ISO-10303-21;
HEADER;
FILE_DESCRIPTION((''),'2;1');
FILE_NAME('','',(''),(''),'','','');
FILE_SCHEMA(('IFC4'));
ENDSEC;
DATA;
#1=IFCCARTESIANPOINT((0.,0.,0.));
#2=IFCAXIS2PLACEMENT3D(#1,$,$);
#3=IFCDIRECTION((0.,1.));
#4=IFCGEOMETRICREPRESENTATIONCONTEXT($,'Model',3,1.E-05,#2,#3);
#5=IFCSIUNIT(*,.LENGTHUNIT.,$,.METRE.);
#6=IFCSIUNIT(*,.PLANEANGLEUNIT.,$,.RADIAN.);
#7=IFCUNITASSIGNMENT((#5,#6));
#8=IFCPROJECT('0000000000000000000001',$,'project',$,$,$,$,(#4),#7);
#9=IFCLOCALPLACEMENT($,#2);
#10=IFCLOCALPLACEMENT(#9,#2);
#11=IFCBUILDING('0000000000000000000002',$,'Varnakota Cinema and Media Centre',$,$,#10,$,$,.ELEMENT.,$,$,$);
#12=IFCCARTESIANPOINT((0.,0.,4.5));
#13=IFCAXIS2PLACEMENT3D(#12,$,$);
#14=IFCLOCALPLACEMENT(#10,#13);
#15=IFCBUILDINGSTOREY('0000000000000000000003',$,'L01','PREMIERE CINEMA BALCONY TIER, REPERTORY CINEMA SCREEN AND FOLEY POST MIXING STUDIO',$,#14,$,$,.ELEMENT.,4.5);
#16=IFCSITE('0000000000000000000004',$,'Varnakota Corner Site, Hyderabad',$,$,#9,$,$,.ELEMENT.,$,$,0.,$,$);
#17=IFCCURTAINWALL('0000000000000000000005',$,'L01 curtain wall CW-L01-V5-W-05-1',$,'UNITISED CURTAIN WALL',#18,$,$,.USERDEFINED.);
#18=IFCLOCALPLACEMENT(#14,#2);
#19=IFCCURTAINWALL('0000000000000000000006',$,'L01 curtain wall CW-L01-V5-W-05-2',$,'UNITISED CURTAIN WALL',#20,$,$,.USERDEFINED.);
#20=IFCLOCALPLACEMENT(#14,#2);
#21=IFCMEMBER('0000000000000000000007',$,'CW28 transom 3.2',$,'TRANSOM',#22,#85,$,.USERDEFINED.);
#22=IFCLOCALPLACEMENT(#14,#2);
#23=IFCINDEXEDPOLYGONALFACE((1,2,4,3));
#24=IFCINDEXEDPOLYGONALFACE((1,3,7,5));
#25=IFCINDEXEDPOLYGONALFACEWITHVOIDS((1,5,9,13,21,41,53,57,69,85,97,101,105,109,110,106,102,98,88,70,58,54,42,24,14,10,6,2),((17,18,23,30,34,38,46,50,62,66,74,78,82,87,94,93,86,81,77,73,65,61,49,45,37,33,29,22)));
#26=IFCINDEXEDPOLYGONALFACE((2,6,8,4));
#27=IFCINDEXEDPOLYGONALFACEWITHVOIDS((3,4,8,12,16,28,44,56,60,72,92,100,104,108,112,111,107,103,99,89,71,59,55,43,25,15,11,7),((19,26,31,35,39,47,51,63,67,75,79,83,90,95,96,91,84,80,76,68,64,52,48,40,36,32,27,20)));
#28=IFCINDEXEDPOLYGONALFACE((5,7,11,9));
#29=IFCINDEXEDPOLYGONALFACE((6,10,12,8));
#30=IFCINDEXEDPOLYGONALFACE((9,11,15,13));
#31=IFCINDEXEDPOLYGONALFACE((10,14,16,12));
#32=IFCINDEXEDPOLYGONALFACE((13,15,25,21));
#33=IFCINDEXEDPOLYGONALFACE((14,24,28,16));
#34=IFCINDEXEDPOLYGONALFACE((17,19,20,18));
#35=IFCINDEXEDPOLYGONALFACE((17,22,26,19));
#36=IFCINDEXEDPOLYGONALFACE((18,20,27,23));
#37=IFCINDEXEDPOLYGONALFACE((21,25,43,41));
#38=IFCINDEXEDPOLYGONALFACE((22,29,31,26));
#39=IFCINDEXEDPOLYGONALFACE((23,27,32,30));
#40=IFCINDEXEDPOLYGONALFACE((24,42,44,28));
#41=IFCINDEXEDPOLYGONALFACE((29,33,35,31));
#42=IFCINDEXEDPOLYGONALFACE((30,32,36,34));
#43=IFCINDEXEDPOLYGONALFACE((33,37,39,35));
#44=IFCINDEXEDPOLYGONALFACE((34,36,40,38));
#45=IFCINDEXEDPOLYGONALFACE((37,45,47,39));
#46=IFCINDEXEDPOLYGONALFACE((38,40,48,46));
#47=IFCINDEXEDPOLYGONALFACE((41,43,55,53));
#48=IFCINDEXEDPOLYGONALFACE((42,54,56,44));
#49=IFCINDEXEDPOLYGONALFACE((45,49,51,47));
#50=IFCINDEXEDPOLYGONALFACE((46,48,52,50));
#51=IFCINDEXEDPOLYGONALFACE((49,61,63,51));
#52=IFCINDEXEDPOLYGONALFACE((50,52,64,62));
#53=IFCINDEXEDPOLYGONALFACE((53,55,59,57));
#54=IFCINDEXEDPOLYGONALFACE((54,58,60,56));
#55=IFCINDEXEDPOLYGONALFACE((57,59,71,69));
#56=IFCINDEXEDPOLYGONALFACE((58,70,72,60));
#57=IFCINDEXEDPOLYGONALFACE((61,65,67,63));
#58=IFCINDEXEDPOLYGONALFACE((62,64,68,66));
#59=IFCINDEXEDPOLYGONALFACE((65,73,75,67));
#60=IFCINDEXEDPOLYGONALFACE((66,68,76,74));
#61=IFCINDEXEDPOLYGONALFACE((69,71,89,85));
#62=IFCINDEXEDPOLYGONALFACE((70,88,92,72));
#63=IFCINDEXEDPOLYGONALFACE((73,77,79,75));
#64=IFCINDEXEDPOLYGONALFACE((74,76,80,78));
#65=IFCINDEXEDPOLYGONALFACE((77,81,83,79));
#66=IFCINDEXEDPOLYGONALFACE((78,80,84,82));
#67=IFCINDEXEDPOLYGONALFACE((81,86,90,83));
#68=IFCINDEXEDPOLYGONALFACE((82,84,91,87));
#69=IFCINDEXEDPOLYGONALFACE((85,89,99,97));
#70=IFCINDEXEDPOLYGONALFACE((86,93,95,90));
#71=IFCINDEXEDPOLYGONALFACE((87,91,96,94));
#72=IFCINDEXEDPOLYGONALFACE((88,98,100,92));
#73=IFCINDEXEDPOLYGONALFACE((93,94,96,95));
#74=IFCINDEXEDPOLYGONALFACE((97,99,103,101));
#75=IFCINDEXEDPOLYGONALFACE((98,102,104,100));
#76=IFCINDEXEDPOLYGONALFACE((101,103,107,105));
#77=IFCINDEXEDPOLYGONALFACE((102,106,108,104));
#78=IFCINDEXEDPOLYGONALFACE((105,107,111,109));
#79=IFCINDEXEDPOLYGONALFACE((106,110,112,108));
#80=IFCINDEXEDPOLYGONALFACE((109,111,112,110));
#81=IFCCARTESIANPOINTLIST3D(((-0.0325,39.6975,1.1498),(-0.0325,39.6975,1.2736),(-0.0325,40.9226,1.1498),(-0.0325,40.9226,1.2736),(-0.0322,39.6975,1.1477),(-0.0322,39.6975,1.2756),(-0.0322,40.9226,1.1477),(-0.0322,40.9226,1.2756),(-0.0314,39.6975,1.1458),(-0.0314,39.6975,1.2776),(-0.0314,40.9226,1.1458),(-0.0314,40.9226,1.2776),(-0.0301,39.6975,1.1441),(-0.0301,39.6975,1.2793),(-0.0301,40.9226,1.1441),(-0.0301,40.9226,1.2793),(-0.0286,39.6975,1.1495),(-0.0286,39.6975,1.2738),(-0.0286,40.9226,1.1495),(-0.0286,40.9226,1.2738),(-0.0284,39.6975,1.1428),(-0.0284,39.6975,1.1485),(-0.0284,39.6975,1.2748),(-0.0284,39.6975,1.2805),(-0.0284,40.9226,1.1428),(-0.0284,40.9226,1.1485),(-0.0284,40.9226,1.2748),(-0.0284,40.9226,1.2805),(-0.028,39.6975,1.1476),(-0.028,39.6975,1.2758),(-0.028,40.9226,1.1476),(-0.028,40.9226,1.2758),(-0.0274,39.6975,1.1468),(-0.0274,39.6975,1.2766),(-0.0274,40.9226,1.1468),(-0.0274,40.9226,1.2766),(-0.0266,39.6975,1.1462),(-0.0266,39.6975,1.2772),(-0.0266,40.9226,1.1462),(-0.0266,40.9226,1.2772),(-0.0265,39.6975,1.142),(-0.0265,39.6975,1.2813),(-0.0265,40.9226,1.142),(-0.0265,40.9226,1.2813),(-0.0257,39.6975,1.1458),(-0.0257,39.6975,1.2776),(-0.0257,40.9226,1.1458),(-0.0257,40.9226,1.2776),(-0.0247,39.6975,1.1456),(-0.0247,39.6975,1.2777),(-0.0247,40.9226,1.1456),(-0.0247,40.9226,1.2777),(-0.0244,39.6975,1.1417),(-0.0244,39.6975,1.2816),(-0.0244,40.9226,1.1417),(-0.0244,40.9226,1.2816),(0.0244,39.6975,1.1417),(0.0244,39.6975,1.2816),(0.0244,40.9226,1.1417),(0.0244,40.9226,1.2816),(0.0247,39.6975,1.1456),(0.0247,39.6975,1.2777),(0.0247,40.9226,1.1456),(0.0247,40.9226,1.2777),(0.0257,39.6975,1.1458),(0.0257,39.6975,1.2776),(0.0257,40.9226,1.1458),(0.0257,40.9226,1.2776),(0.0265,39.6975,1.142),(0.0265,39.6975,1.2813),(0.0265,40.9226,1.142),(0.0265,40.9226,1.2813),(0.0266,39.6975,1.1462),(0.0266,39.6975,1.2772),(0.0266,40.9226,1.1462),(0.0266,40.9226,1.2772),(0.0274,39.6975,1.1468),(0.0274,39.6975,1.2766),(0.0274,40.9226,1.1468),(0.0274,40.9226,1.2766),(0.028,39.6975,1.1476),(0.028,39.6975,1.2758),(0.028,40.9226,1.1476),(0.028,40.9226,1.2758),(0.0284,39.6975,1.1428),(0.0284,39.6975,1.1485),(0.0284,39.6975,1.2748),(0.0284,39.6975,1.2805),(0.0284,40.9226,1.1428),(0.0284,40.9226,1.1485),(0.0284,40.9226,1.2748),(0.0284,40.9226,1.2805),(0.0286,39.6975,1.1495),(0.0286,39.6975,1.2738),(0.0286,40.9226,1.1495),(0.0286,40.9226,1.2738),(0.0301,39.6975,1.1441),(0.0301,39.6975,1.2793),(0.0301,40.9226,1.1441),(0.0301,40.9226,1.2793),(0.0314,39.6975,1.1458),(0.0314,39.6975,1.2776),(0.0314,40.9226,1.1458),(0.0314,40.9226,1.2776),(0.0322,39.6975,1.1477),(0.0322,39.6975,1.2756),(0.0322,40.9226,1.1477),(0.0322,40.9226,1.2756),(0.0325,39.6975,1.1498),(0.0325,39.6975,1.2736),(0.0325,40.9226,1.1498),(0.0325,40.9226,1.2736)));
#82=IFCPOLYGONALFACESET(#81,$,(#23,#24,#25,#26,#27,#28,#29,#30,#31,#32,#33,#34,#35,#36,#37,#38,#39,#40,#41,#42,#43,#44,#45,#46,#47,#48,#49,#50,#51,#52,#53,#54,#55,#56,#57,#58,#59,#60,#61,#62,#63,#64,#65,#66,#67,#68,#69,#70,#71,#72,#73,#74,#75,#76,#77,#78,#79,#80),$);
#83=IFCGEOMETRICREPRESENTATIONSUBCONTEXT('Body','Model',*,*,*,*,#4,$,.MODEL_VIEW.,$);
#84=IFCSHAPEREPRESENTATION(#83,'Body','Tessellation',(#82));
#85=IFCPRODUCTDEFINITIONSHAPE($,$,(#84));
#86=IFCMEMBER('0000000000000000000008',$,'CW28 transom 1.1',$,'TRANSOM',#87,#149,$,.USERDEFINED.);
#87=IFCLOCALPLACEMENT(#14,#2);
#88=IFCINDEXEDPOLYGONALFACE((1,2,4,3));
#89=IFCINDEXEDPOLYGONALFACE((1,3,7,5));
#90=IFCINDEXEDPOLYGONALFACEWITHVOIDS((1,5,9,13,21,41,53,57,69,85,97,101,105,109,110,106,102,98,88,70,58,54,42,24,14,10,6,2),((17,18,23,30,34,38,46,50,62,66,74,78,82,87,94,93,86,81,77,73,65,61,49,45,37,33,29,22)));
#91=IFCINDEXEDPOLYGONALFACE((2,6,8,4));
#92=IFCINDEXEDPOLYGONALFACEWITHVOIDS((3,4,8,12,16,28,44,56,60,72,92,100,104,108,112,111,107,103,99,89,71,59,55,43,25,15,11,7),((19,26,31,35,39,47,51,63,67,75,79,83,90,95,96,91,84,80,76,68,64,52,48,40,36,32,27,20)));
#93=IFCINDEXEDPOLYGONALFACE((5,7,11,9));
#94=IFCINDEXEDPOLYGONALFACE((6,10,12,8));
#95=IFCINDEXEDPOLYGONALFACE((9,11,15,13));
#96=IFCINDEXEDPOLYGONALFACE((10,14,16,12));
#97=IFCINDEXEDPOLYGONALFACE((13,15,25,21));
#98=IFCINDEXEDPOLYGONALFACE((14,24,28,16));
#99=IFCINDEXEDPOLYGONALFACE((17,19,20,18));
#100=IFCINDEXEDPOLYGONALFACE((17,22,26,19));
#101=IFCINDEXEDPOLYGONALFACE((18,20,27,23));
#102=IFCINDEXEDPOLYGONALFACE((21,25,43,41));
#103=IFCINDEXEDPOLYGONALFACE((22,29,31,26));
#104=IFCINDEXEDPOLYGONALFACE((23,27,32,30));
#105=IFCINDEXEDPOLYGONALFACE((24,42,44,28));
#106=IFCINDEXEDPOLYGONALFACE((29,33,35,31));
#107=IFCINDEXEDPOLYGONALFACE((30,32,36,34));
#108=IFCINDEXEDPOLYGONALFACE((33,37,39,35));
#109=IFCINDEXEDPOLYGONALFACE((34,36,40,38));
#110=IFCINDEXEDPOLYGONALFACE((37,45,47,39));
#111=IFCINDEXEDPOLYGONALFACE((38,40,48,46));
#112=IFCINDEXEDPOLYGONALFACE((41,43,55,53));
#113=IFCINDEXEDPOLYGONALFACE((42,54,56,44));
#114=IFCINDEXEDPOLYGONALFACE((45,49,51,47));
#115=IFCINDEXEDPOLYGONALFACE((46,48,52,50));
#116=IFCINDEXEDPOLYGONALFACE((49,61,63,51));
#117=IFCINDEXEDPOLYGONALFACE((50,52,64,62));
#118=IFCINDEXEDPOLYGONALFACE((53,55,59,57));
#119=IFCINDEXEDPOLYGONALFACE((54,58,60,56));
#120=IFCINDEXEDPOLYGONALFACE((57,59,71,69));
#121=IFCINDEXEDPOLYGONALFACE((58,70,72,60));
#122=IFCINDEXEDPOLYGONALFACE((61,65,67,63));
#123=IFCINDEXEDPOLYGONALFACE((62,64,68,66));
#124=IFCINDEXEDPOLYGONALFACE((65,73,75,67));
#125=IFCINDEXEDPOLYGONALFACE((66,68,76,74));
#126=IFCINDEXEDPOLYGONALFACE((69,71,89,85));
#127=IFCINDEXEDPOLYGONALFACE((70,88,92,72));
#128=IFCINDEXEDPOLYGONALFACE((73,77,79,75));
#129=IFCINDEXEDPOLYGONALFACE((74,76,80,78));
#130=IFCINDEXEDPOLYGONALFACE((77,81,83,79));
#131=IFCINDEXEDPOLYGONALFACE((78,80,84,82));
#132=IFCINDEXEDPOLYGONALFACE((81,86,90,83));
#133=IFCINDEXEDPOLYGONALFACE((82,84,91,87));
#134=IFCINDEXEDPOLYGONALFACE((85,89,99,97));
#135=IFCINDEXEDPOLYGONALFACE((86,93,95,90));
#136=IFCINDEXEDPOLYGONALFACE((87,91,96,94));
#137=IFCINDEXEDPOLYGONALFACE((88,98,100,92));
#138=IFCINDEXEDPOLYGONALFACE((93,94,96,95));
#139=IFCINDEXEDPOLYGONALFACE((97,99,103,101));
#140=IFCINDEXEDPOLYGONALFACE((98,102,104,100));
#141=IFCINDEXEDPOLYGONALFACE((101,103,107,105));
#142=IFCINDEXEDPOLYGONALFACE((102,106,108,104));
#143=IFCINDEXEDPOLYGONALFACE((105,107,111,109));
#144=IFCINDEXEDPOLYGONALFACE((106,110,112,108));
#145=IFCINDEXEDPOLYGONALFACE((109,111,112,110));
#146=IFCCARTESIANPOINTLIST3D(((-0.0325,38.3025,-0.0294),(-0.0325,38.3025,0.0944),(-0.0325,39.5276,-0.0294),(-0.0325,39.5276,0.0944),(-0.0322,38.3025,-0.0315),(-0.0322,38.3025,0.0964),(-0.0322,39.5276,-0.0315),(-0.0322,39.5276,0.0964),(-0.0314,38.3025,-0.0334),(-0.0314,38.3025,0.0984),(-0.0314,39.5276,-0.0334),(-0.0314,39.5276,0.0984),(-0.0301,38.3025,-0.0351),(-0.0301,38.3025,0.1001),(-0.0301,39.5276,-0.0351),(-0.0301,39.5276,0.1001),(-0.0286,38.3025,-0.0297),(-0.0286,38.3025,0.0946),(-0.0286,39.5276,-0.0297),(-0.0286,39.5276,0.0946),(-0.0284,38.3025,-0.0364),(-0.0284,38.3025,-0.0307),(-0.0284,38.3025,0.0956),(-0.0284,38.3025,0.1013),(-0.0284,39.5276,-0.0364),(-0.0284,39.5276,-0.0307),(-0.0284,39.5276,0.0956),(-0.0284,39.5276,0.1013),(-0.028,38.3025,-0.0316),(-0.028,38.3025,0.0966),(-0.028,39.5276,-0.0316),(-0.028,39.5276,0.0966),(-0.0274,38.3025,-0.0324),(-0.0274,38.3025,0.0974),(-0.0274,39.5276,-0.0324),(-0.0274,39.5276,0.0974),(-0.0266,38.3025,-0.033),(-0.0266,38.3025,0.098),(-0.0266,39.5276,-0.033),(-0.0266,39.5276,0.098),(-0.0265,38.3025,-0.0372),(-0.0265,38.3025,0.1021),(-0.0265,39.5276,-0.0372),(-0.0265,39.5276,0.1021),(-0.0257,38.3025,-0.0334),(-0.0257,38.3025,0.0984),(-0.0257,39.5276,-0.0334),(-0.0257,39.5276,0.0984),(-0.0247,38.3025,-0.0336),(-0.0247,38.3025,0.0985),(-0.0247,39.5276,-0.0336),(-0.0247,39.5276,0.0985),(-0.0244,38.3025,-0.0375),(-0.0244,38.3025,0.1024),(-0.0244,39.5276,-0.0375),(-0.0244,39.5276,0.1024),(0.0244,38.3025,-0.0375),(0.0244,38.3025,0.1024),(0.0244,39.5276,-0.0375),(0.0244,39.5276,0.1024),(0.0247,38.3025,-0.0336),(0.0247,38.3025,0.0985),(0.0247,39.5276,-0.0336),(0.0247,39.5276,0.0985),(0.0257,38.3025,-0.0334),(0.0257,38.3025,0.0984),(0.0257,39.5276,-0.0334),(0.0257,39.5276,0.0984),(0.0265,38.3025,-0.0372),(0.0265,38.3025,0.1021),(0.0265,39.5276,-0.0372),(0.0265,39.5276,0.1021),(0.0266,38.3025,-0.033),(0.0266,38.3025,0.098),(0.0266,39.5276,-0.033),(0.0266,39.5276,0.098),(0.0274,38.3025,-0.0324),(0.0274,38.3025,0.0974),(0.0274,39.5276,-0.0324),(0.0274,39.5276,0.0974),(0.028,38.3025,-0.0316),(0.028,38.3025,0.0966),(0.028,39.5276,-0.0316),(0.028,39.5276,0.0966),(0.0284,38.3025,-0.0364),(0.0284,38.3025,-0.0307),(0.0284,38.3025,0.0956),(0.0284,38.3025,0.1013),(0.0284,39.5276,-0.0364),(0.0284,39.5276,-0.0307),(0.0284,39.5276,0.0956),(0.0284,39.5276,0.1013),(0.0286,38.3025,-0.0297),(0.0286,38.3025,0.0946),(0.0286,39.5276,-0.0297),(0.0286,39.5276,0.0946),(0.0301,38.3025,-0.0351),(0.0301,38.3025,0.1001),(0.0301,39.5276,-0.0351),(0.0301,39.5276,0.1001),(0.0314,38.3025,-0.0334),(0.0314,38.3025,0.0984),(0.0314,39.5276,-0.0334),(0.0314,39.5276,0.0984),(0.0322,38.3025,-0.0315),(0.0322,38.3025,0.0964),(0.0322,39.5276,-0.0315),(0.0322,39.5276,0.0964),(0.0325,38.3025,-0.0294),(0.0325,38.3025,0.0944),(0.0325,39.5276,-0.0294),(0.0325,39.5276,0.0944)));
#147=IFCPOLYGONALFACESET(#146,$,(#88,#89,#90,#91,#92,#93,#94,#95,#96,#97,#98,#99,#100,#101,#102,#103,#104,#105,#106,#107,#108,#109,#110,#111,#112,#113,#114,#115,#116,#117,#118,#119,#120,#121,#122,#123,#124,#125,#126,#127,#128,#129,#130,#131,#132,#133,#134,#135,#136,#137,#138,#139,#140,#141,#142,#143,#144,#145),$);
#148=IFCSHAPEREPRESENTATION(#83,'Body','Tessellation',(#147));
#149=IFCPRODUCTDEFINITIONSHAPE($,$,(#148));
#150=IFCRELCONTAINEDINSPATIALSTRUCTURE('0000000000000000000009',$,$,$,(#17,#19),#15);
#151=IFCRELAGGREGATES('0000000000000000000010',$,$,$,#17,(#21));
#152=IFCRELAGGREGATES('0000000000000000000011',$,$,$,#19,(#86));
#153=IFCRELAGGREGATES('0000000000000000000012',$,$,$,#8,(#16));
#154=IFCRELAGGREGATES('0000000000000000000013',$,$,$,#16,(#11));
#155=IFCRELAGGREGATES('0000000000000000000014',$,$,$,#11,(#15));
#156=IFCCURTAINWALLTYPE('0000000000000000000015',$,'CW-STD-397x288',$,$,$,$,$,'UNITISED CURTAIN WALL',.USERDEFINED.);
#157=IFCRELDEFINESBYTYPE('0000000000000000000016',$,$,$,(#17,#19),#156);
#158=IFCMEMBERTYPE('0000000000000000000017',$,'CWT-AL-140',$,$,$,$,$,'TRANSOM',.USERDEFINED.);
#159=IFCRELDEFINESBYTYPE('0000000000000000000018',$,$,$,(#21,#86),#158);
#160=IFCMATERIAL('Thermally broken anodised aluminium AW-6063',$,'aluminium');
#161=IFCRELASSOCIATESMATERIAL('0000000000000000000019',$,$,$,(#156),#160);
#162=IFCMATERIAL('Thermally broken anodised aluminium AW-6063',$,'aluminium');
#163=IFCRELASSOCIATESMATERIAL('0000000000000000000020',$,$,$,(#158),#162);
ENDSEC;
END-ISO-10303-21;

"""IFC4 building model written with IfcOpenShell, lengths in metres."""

from ifc_helpers import new_model, si_unit, direction, frame, origin, origin_2d, place, context, subcontext, project, spatial, hollow_rectangle, extrude, material, material_profile, profile_set, type_object, element, aggregate, save


model = new_model("IFC4")

# Units and contexts
model_context = context("Model", 3, precision=1e-05, world=origin(), true_north=direction((0.0, 1.0)))
body_context = subcontext(model_context, "Body", "Model", "MODEL_VIEW")
ifc_project = project(units=[si_unit("LENGTHUNIT", "METRE"), si_unit("PLANEANGLEUNIT", "RADIAN")], contexts=[model_context])

# Site, building, storey
site_placement = place(None, origin())
site = spatial("IfcSite", under=ifc_project, at=site_placement, Name="Varnakota Corner Site, Hyderabad", CompositionType="ELEMENT", RefElevation=0.0)
building_placement = place(site_placement, origin())
building = spatial("IfcBuilding", under=site, at=building_placement, Name="Varnakota Cinema and Media Centre", CompositionType="ELEMENT")
storey_placement = place(building_placement, frame((0.0, 0.0, 4.5)))
storey = spatial("IfcBuildingStorey", under=building, at=storey_placement, Name="L01", Description="PREMIERE CINEMA BALCONY TIER, REPERTORY CINEMA SCREEN AND FOLEY POST MIXING STUDIO", CompositionType="ELEMENT", Elevation=4.5)

# Curtain wall
ifc_material_1 = material(Name="Thermally broken anodised aluminium AW-6063", Category="aluminium")
curtain_wall_type = type_object("IfcCurtainWallType", Name="CW-STD-397x288", ElementType="UNITISED CURTAIN WALL", PredefinedType="USERDEFINED", material=ifc_material_1)
curtain_wall_1_placement = place(storey_placement, origin())
curtain_wall_1 = element("IfcCurtainWall", 1, at=curtain_wall_1_placement, inside=storey, type_object=curtain_wall_type, Name="L01 curtain wall CW-L01-V5-W-05-1", ObjectType="UNITISED CURTAIN WALL", PredefinedType="USERDEFINED")

# Curtain wall
curtain_wall_2_placement = place(storey_placement, origin())
curtain_wall_2 = element("IfcCurtainWall", 2, at=curtain_wall_2_placement, inside=storey, type_object=curtain_wall_type, Name="L01 curtain wall CW-L01-V5-W-05-2", ObjectType="UNITISED CURTAIN WALL", PredefinedType="USERDEFINED")

# Members
ifc_material_2 = material(Name="Thermally broken anodised aluminium AW-6063", Category="aluminium")
ifc_material_profile_1 = material_profile(ifc_material_2, hollow_rectangle(XDim=0.0649, YDim=0.1399, WallThickness=0.0039, InnerFilletRadius=0.0039, OuterFilletRadius=0.0081, at=origin_2d()), Name="AL-TRANSOM 140x65x4")
ifc_profile_set_1 = profile_set([ifc_material_profile_1], Name="Thermally broken anodised aluminium AW-6063")
member_type_1 = type_object("IfcMemberType", Name="CWT-AL-140", ElementType="TRANSOM", PredefinedType="USERDEFINED", material=ifc_profile_set_1)
member_1_placement = place(storey_placement, frame((0.0, 40.9226, 1.2117), z_axis=(0.0, -1.0, 0.0), x_axis=(1.0, 0.0, 0.0)))
member_1 = element("IfcMember", 3, at=member_1_placement, type_object=member_type_1, Name="CW28 transom 3.2", ObjectType="TRANSOM", PredefinedType="USERDEFINED", context=body_context, shape_type="SweptSolid", body=[
    extrude(hollow_rectangle(XDim=0.0649, YDim=0.1399, WallThickness=0.0039, InnerFilletRadius=0.0039, OuterFilletRadius=0.0081, at=origin_2d()), origin(), (0.0, 0.0, 1.0), 1.2251),
])
member_2_placement = place(storey_placement, frame((0.0, 39.5276, 0.0325), z_axis=(0.0, -1.0, 0.0), x_axis=(1.0, 0.0, 0.0)))
member_2 = element("IfcMember", 4, at=member_2_placement, type_object=member_type_1, Name="CW28 transom 1.1", ObjectType="TRANSOM", PredefinedType="USERDEFINED", context=body_context, shape_type="SweptSolid", body=[
    extrude(hollow_rectangle(XDim=0.0649, YDim=0.1399, WallThickness=0.0039, InnerFilletRadius=0.0039, OuterFilletRadius=0.0081, at=origin_2d()), origin(), (0.0, 0.0, 1.0), 1.2251),
])

aggregate(curtain_wall_1, [member_1])
aggregate(curtain_wall_2, [member_2])

save(model, "model.ifc")
